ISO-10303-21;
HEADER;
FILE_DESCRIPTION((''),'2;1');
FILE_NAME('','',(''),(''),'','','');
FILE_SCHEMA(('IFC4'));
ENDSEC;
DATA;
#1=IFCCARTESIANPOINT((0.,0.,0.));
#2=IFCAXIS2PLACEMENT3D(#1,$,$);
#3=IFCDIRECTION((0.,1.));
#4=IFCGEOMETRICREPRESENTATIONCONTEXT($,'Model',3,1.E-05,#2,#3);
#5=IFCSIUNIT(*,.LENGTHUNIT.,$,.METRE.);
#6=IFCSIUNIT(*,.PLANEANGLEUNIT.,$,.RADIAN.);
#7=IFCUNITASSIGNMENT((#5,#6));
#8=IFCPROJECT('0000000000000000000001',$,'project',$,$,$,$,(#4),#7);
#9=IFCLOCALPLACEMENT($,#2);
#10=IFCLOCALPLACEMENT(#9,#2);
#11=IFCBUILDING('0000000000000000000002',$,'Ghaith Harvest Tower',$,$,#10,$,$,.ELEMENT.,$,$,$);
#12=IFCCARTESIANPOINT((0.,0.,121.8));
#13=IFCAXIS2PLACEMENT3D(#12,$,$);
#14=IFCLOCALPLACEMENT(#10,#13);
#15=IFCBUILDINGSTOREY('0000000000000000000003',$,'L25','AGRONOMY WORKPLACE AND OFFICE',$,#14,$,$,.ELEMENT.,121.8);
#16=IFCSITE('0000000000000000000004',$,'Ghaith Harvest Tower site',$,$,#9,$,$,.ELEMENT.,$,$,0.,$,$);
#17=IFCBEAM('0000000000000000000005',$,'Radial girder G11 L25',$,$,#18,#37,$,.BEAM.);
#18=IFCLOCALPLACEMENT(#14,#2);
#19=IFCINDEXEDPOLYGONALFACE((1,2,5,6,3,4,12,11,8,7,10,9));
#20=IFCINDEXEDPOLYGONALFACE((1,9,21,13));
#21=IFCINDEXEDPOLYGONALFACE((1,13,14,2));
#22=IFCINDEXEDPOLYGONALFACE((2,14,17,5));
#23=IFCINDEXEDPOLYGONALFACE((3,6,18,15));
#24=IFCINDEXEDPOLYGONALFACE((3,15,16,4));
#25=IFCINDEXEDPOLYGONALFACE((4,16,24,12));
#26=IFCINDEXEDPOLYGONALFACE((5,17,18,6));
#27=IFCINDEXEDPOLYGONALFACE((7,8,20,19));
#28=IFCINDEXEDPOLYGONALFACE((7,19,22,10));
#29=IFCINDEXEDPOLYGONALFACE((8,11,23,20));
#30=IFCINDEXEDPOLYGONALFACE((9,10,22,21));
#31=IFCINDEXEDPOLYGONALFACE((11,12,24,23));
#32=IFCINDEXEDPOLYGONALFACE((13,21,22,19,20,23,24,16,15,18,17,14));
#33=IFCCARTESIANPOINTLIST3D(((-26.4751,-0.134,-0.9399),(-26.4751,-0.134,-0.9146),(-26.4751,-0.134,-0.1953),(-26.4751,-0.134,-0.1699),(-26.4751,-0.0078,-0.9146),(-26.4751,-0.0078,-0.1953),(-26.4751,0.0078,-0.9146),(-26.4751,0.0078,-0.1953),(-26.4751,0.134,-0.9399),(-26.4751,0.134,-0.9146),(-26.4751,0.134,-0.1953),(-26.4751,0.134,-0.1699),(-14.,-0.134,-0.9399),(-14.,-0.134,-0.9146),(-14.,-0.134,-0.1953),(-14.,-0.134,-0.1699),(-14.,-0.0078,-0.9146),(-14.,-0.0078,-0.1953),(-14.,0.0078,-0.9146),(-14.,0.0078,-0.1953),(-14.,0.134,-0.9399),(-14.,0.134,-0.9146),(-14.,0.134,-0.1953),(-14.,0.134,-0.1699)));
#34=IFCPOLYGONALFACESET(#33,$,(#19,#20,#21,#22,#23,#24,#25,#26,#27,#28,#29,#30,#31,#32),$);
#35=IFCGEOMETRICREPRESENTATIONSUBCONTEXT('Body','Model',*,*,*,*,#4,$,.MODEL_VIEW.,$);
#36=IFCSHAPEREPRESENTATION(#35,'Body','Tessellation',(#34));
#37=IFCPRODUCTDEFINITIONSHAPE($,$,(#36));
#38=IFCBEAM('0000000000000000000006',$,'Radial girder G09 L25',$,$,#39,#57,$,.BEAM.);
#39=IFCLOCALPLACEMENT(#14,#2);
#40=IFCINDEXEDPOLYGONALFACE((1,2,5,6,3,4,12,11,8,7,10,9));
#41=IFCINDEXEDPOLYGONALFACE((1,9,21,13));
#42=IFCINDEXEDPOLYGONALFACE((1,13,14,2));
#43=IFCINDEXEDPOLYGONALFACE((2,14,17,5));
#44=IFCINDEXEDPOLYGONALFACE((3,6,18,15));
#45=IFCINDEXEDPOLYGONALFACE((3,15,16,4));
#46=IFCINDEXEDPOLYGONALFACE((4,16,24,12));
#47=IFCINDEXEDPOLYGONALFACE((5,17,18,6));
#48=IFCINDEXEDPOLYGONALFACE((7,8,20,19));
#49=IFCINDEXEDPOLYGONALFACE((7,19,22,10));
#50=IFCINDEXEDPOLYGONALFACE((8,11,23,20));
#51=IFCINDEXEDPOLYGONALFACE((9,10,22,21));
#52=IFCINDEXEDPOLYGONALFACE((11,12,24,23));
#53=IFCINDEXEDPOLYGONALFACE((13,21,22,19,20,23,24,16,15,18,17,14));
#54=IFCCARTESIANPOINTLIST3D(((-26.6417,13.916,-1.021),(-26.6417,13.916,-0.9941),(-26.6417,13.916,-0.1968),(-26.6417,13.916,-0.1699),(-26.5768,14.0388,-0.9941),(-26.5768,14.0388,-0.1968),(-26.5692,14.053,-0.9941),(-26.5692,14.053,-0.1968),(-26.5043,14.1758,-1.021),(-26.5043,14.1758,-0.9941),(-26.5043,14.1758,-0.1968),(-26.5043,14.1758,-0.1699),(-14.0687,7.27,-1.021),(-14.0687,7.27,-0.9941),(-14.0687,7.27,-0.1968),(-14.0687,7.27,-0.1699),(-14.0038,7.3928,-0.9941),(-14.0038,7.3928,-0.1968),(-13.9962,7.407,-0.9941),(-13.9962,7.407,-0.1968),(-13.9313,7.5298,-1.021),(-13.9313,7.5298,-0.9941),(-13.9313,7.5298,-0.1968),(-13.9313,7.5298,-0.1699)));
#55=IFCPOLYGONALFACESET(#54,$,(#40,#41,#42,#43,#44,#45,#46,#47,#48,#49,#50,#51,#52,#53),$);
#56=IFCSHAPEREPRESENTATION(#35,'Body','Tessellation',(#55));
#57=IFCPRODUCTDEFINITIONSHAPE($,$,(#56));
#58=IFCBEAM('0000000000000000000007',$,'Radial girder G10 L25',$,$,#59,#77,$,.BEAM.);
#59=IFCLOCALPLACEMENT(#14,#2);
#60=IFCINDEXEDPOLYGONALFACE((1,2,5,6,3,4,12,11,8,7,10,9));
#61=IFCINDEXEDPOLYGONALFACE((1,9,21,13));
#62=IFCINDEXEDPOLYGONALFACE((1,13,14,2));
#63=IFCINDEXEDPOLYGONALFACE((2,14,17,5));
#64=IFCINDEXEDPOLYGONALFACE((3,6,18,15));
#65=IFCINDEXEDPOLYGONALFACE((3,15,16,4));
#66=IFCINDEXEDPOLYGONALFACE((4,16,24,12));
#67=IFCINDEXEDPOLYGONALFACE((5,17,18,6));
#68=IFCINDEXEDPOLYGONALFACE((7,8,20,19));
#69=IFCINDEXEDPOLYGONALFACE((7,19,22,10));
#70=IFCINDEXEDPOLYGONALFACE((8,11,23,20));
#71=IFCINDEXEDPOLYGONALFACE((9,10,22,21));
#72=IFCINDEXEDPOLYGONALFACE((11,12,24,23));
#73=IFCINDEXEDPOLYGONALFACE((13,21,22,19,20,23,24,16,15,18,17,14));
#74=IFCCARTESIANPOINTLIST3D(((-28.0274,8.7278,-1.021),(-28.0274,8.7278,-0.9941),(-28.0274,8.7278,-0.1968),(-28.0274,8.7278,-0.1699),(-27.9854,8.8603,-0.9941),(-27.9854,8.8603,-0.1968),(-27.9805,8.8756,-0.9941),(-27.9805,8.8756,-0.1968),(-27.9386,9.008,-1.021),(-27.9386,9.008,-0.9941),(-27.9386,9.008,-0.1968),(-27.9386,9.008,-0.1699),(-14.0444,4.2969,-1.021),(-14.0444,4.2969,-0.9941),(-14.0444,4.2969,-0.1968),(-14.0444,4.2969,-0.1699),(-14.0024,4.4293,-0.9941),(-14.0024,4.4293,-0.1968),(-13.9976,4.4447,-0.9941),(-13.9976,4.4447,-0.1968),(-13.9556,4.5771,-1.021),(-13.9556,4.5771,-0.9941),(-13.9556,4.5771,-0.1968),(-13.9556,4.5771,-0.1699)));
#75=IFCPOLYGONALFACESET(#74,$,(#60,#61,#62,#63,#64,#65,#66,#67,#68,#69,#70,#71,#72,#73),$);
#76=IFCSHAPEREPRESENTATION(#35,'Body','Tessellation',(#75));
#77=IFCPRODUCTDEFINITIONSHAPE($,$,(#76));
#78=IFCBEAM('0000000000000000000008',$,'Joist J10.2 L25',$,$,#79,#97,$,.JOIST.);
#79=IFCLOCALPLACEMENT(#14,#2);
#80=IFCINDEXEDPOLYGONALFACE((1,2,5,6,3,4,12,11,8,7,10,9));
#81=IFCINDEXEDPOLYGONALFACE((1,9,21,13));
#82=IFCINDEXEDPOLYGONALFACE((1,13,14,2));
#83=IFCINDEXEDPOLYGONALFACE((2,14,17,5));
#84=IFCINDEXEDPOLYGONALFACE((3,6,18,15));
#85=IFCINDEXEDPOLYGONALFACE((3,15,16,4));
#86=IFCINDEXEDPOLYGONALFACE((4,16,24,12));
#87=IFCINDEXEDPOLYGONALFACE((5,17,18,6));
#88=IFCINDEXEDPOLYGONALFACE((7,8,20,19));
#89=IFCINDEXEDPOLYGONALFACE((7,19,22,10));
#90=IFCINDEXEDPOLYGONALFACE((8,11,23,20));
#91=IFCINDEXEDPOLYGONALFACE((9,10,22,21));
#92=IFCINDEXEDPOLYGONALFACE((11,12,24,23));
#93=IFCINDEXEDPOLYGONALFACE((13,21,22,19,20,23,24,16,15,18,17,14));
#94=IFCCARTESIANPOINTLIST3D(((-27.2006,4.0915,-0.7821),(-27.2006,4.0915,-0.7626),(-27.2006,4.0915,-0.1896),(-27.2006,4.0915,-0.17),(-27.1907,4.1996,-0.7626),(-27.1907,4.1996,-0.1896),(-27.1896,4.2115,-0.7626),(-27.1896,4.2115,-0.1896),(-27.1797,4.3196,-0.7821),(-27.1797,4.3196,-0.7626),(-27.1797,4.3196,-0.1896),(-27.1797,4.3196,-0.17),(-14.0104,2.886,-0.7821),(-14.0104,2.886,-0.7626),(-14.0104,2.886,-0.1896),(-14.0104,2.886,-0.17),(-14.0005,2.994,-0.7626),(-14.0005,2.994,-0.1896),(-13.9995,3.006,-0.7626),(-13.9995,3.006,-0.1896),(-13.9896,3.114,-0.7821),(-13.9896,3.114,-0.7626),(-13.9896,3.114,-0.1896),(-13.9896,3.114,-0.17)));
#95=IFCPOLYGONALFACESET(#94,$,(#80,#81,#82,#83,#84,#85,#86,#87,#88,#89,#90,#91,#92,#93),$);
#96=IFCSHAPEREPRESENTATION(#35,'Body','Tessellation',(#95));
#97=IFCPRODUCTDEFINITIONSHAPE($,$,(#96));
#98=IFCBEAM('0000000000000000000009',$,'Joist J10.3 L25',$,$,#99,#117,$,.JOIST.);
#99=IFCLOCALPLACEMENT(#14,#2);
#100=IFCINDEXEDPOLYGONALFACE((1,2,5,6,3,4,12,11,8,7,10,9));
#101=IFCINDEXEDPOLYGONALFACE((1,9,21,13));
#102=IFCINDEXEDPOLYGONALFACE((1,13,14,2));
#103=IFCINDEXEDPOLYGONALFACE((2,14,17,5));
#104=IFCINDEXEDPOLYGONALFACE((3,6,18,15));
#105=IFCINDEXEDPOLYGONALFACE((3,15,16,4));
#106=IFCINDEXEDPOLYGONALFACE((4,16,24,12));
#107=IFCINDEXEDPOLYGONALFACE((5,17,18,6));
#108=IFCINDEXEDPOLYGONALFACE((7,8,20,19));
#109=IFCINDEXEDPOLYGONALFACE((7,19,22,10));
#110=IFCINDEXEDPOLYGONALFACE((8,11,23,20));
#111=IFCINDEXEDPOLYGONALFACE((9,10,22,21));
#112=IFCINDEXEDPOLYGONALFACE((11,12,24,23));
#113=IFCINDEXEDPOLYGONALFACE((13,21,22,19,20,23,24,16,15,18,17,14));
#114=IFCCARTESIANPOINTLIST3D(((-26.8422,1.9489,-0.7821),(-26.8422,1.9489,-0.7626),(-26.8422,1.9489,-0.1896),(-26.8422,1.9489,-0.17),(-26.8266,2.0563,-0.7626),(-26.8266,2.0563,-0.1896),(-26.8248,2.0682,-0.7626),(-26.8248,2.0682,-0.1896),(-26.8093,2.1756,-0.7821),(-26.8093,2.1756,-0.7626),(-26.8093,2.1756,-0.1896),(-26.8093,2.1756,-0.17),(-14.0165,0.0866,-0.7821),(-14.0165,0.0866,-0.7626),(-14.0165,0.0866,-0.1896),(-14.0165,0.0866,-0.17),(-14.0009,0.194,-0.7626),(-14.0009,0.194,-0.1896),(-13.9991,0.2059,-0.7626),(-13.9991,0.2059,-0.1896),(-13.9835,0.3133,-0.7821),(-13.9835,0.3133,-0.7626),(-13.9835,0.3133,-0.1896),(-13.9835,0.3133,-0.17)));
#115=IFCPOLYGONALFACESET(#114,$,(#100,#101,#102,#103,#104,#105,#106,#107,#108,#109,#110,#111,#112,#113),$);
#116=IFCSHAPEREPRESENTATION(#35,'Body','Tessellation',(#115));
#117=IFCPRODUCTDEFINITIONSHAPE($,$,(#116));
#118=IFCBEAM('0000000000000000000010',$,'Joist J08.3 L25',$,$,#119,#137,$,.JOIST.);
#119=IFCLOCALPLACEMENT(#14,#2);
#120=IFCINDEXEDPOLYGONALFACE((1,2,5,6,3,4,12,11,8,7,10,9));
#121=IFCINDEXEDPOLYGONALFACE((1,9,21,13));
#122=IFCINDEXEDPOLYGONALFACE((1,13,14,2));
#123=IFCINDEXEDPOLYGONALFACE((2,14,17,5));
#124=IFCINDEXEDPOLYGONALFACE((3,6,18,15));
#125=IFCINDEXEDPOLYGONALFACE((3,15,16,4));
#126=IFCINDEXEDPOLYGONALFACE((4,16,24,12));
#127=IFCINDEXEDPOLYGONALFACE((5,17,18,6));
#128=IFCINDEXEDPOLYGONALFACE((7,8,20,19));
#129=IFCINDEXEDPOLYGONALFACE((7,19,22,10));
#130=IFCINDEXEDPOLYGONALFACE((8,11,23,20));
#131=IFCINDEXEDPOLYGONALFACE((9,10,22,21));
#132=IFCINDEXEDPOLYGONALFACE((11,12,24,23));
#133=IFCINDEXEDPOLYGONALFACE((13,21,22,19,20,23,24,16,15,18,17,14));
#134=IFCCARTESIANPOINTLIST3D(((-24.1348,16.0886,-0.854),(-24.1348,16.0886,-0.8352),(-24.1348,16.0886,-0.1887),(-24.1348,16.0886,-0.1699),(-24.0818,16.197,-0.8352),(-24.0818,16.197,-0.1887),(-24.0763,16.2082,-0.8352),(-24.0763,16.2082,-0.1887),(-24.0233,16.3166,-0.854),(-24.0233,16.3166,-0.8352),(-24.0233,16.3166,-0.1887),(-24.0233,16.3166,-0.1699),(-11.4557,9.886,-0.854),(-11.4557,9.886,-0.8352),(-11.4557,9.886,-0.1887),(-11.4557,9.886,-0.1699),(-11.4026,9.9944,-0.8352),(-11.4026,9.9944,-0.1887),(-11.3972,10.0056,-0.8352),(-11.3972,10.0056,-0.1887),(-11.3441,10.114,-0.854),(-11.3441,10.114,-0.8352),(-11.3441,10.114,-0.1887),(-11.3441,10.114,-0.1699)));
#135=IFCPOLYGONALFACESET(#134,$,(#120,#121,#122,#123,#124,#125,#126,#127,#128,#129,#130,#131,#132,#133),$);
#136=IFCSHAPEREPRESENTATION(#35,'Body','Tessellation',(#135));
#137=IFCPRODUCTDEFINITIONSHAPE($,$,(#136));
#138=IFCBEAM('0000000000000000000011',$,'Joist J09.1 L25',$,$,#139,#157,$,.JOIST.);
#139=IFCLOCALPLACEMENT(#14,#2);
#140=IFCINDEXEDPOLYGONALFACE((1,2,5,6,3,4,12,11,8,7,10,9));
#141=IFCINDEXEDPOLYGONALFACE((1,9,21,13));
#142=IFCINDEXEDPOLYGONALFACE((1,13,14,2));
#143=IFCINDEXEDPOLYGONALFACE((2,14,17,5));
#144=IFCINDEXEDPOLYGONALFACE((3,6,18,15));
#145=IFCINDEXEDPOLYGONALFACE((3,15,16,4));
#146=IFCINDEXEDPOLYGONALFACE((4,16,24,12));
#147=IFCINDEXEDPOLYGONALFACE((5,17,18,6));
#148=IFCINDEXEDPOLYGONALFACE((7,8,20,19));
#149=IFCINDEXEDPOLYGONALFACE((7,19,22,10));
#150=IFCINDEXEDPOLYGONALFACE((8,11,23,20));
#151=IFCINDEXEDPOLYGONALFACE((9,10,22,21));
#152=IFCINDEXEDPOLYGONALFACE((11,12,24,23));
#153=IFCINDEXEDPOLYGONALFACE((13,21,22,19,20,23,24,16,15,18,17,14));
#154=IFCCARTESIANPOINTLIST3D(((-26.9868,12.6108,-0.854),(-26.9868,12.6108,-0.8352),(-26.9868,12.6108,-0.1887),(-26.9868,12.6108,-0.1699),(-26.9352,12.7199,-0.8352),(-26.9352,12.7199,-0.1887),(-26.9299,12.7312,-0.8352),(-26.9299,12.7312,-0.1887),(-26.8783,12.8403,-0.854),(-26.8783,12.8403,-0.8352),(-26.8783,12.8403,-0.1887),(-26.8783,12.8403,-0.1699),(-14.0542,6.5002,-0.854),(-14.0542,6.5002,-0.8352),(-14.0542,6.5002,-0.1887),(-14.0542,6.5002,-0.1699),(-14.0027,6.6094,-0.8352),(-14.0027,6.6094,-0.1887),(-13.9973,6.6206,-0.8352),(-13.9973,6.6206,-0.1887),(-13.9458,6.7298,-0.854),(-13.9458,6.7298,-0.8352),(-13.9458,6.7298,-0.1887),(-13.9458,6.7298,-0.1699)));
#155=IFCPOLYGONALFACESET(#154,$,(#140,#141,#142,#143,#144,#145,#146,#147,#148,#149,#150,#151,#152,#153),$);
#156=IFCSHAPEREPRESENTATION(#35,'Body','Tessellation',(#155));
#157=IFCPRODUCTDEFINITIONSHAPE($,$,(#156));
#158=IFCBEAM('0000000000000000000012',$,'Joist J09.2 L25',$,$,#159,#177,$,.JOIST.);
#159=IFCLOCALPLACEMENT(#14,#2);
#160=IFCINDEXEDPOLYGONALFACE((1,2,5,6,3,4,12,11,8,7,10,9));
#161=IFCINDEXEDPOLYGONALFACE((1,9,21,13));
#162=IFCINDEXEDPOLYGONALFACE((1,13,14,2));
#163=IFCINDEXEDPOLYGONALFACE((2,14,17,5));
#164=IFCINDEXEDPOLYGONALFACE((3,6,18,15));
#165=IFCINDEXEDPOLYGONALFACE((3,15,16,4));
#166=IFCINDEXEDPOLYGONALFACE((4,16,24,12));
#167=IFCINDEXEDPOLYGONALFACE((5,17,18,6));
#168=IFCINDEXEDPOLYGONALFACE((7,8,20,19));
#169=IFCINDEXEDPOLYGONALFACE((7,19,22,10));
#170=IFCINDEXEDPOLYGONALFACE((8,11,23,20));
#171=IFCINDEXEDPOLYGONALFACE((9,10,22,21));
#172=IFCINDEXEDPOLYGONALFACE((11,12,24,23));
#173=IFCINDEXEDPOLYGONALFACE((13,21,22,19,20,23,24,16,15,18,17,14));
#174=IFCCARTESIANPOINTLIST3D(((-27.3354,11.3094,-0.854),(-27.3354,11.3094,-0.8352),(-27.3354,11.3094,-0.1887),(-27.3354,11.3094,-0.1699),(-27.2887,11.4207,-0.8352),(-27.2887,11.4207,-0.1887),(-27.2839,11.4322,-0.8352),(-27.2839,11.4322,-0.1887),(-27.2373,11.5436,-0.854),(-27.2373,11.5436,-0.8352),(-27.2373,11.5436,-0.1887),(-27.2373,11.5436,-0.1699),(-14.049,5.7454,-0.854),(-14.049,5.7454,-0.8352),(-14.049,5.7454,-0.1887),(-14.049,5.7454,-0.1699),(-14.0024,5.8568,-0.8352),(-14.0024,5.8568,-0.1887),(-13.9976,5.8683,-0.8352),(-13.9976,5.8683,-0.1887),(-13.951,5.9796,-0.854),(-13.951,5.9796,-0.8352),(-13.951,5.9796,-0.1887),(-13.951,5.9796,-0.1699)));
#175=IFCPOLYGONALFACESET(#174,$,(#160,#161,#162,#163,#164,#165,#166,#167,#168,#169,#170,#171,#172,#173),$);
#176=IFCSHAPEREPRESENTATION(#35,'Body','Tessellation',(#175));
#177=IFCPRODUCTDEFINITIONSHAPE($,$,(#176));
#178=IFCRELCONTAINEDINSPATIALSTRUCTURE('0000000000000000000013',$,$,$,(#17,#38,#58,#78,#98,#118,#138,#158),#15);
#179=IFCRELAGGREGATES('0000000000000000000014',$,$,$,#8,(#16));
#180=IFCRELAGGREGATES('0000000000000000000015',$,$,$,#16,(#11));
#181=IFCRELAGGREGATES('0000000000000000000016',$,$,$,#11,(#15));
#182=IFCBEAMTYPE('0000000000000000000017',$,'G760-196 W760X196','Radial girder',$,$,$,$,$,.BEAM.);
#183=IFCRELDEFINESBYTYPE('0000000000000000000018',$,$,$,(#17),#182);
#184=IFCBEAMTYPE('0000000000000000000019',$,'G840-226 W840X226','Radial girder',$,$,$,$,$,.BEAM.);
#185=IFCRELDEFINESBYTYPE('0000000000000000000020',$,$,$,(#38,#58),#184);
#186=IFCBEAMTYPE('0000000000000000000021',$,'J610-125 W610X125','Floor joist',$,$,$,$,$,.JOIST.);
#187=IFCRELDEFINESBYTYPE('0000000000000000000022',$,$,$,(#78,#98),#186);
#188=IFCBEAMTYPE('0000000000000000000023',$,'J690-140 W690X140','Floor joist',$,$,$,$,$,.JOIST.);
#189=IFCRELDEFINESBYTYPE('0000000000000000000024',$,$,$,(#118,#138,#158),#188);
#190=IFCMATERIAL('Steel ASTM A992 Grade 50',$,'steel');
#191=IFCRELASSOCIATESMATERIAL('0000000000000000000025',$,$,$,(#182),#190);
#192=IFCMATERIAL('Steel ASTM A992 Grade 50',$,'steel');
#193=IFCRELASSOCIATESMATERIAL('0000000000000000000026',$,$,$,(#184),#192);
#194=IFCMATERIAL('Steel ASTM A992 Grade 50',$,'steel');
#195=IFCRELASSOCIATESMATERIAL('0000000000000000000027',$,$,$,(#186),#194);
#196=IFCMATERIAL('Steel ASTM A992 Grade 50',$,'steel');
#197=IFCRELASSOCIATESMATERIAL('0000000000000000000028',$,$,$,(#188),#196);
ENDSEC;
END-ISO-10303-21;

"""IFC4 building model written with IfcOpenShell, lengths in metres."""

from ifc_helpers import new_model, si_unit, direction, frame, origin, origin_2d, place, context, subcontext, project, spatial, i_section, extrude, material, material_profile, profile_set, type_object, element, save


model = new_model("IFC4")

# Units and contexts
model_context = context("Model", 3, precision=1e-05, world=origin(), true_north=direction((0.0, 1.0)))
body_context = subcontext(model_context, "Body", "Model", "MODEL_VIEW")
ifc_project = project(units=[si_unit("LENGTHUNIT", "METRE"), si_unit("PLANEANGLEUNIT", "RADIAN")], contexts=[model_context])

# Site, building, storey
site_placement = place(None, origin())
site = spatial("IfcSite", under=ifc_project, at=site_placement, Name="Ghaith Harvest Tower site", CompositionType="ELEMENT", RefElevation=0.0)
building_placement = place(site_placement, origin())
building = spatial("IfcBuilding", under=site, at=building_placement, Name="Ghaith Harvest Tower", CompositionType="ELEMENT")
storey_placement = place(building_placement, frame((0.0, 0.0, 121.8)))
storey = spatial("IfcBuildingStorey", under=building, at=storey_placement, Name="L25", Description="AGRONOMY WORKPLACE AND OFFICE", CompositionType="ELEMENT", Elevation=121.8)

# Beams
ifc_material_1 = material(Name="Steel ASTM A992 Grade 50", Category="steel")
ifc_material_profile_1 = material_profile(ifc_material_1, i_section(OverallWidth=0.2681, OverallDepth=0.77, WebThickness=0.0156, FlangeThickness=0.0254, at=origin_2d()), Name="W760X196")
ifc_profile_set_1 = profile_set([ifc_material_profile_1], Name="Steel ASTM A992 Grade 50")
beam_type_1 = type_object("IfcBeamType", Name="G760-196 W760X196", Description="Radial girder", PredefinedType="BEAM", material=ifc_profile_set_1)
beam_1_placement = place(storey_placement, frame((-14.0, 0.0, -0.5549), z_axis=(-1.0, 0.0, 0.0), x_axis=(0.0, -1.0, 0.0)))
element("IfcBeam", 1, at=beam_1_placement, inside=storey, type_object=beam_type_1, Name="Radial girder G11 L25", PredefinedType="BEAM", context=body_context, shape_type="SweptSolid", body=[
    extrude(i_section(OverallWidth=0.2681, OverallDepth=0.77, WebThickness=0.0156, FlangeThickness=0.0254, at=origin_2d()), origin(), (0.0, 0.0, 1.0), 12.4751),
])
ifc_material_2 = material(Name="Steel ASTM A992 Grade 50", Category="steel")
ifc_material_profile_2 = material_profile(ifc_material_2, i_section(OverallWidth=0.2939, OverallDepth=0.8511, WebThickness=0.0161, FlangeThickness=0.0269, at=origin_2d()), Name="W840X226")
ifc_profile_set_2 = profile_set([ifc_material_profile_2], Name="Steel ASTM A992 Grade 50")
beam_type_2 = type_object("IfcBeamType", Name="G840-226 W840X226", Description="Radial girder", PredefinedType="BEAM", material=ifc_profile_set_2)
beam_2_placement = place(storey_placement, frame((-14.0, 7.3999, -0.5955), z_axis=(-0.884087, 0.467322, 0.0), x_axis=(-0.467322, -0.884087, 0.0)))
element("IfcBeam", 2, at=beam_2_placement, inside=storey, type_object=beam_type_2, Name="Radial girder G09 L25", PredefinedType="BEAM", context=body_context, shape_type="SweptSolid", body=[
    extrude(i_section(OverallWidth=0.2939, OverallDepth=0.8511, WebThickness=0.0161, FlangeThickness=0.0269, at=origin_2d()), origin(), (0.0, 0.0, 1.0), 14.2214),
])
beam_3_placement = place(storey_placement, frame((-14.0, 4.437, -0.5955), z_axis=(-0.953284, 0.302077, 0.0), x_axis=(-0.302077, -0.953284, 0.0)))
element("IfcBeam", 3, at=beam_3_placement, inside=storey, type_object=beam_type_2, Name="Radial girder G10 L25", PredefinedType="BEAM", context=body_context, shape_type="SweptSolid", body=[
    extrude(i_section(OverallWidth=0.2939, OverallDepth=0.8511, WebThickness=0.0161, FlangeThickness=0.0269, at=origin_2d()), origin(), (0.0, 0.0, 1.0), 14.6682),
])
ifc_material_3 = material(Name="Steel ASTM A992 Grade 50", Category="steel")
ifc_material_profile_3 = material_profile(ifc_material_3, i_section(OverallWidth=0.229, OverallDepth=0.6121, WebThickness=0.012, FlangeThickness=0.0195, at=origin_2d()), Name="W610X125")
ifc_profile_set_3 = profile_set([ifc_material_profile_3], Name="Steel ASTM A992 Grade 50")
beam_type_3 = type_object("IfcBeamType", Name="J610-125 W610X125", Description="Floor joist", PredefinedType="JOIST", material=ifc_profile_set_3)
beam_4_placement = place(storey_placement, frame((-14.0, 3.0, -0.4761), z_axis=(-0.995849, 0.091019, 0.0), x_axis=(-0.091019, -0.995849, 0.0)))
element("IfcBeam", 4, at=beam_4_placement, inside=storey, type_object=beam_type_3, Name="Joist J10.2 L25", PredefinedType="JOIST", context=body_context, shape_type="SweptSolid", body=[
    extrude(i_section(OverallWidth=0.229, OverallDepth=0.6121, WebThickness=0.012, FlangeThickness=0.0195, at=origin_2d()), origin(), (0.0, 0.0, 1.0), 13.2451),
])
beam_5_placement = place(storey_placement, frame((-14.0, 0.2, -0.4761), z_axis=(-0.989622, 0.143694, 0.0), x_axis=(-0.143694, -0.989622, 0.0)))
element("IfcBeam", 5, at=beam_5_placement, inside=storey, type_object=beam_type_3, Name="Joist J10.3 L25", PredefinedType="JOIST", context=body_context, shape_type="SweptSolid", body=[
    extrude(i_section(OverallWidth=0.229, OverallDepth=0.6121, WebThickness=0.012, FlangeThickness=0.0195, at=origin_2d()), origin(), (0.0, 0.0, 1.0), 12.9602),
])
ifc_material_4 = material(Name="Steel ASTM A992 Grade 50", Category="steel")
ifc_material_profile_4 = material_profile(ifc_material_4, i_section(OverallWidth=0.2539, OverallDepth=0.6841, WebThickness=0.0125, FlangeThickness=0.0188, at=origin_2d()), Name="W690X140")
ifc_profile_set_4 = profile_set([ifc_material_profile_4], Name="Steel ASTM A992 Grade 50")
beam_type_4 = type_object("IfcBeamType", Name="J690-140 W690X140", Description="Floor joist", PredefinedType="JOIST", material=ifc_profile_set_4)
beam_6_placement = place(storey_placement, frame((-11.3999, 10.0, -0.512), z_axis=(-0.898275, 0.439434, 0.0), x_axis=(-0.439434, -0.898275, 0.0)))
element("IfcBeam", 6, at=beam_6_placement, inside=storey, type_object=beam_type_4, Name="Joist J08.3 L25", PredefinedType="JOIST", context=body_context, shape_type="SweptSolid", body=[
    extrude(i_section(OverallWidth=0.2539, OverallDepth=0.6841, WebThickness=0.0125, FlangeThickness=0.0188, at=origin_2d()), origin(), (0.0, 0.0, 1.0), 14.115),
])
beam_7_placement = place(storey_placement, frame((-14.0, 6.615, -0.512), z_axis=(-0.904153, 0.427208, 0.0), x_axis=(-0.427208, -0.904153, 0.0)))
element("IfcBeam", 7, at=beam_7_placement, inside=storey, type_object=beam_type_4, Name="Joist J09.1 L25", PredefinedType="JOIST", context=body_context, shape_type="SweptSolid", body=[
    extrude(i_section(OverallWidth=0.2539, OverallDepth=0.6841, WebThickness=0.0125, FlangeThickness=0.0188, at=origin_2d()), origin(), (0.0, 0.0, 1.0), 14.3035),
])
beam_8_placement = place(storey_placement, frame((-14.0, 5.8625, -0.512), z_axis=(-0.922386, 0.38627, 0.0), x_axis=(-0.38627, -0.922386, 0.0)))
element("IfcBeam", 8, at=beam_8_placement, inside=storey, type_object=beam_type_4, Name="Joist J09.2 L25", PredefinedType="JOIST", context=body_context, shape_type="SweptSolid", body=[
    extrude(i_section(OverallWidth=0.2539, OverallDepth=0.6841, WebThickness=0.0125, FlangeThickness=0.0188, at=origin_2d()), origin(), (0.0, 0.0, 1.0), 14.4043),
])

save(model, "model.ifc")
